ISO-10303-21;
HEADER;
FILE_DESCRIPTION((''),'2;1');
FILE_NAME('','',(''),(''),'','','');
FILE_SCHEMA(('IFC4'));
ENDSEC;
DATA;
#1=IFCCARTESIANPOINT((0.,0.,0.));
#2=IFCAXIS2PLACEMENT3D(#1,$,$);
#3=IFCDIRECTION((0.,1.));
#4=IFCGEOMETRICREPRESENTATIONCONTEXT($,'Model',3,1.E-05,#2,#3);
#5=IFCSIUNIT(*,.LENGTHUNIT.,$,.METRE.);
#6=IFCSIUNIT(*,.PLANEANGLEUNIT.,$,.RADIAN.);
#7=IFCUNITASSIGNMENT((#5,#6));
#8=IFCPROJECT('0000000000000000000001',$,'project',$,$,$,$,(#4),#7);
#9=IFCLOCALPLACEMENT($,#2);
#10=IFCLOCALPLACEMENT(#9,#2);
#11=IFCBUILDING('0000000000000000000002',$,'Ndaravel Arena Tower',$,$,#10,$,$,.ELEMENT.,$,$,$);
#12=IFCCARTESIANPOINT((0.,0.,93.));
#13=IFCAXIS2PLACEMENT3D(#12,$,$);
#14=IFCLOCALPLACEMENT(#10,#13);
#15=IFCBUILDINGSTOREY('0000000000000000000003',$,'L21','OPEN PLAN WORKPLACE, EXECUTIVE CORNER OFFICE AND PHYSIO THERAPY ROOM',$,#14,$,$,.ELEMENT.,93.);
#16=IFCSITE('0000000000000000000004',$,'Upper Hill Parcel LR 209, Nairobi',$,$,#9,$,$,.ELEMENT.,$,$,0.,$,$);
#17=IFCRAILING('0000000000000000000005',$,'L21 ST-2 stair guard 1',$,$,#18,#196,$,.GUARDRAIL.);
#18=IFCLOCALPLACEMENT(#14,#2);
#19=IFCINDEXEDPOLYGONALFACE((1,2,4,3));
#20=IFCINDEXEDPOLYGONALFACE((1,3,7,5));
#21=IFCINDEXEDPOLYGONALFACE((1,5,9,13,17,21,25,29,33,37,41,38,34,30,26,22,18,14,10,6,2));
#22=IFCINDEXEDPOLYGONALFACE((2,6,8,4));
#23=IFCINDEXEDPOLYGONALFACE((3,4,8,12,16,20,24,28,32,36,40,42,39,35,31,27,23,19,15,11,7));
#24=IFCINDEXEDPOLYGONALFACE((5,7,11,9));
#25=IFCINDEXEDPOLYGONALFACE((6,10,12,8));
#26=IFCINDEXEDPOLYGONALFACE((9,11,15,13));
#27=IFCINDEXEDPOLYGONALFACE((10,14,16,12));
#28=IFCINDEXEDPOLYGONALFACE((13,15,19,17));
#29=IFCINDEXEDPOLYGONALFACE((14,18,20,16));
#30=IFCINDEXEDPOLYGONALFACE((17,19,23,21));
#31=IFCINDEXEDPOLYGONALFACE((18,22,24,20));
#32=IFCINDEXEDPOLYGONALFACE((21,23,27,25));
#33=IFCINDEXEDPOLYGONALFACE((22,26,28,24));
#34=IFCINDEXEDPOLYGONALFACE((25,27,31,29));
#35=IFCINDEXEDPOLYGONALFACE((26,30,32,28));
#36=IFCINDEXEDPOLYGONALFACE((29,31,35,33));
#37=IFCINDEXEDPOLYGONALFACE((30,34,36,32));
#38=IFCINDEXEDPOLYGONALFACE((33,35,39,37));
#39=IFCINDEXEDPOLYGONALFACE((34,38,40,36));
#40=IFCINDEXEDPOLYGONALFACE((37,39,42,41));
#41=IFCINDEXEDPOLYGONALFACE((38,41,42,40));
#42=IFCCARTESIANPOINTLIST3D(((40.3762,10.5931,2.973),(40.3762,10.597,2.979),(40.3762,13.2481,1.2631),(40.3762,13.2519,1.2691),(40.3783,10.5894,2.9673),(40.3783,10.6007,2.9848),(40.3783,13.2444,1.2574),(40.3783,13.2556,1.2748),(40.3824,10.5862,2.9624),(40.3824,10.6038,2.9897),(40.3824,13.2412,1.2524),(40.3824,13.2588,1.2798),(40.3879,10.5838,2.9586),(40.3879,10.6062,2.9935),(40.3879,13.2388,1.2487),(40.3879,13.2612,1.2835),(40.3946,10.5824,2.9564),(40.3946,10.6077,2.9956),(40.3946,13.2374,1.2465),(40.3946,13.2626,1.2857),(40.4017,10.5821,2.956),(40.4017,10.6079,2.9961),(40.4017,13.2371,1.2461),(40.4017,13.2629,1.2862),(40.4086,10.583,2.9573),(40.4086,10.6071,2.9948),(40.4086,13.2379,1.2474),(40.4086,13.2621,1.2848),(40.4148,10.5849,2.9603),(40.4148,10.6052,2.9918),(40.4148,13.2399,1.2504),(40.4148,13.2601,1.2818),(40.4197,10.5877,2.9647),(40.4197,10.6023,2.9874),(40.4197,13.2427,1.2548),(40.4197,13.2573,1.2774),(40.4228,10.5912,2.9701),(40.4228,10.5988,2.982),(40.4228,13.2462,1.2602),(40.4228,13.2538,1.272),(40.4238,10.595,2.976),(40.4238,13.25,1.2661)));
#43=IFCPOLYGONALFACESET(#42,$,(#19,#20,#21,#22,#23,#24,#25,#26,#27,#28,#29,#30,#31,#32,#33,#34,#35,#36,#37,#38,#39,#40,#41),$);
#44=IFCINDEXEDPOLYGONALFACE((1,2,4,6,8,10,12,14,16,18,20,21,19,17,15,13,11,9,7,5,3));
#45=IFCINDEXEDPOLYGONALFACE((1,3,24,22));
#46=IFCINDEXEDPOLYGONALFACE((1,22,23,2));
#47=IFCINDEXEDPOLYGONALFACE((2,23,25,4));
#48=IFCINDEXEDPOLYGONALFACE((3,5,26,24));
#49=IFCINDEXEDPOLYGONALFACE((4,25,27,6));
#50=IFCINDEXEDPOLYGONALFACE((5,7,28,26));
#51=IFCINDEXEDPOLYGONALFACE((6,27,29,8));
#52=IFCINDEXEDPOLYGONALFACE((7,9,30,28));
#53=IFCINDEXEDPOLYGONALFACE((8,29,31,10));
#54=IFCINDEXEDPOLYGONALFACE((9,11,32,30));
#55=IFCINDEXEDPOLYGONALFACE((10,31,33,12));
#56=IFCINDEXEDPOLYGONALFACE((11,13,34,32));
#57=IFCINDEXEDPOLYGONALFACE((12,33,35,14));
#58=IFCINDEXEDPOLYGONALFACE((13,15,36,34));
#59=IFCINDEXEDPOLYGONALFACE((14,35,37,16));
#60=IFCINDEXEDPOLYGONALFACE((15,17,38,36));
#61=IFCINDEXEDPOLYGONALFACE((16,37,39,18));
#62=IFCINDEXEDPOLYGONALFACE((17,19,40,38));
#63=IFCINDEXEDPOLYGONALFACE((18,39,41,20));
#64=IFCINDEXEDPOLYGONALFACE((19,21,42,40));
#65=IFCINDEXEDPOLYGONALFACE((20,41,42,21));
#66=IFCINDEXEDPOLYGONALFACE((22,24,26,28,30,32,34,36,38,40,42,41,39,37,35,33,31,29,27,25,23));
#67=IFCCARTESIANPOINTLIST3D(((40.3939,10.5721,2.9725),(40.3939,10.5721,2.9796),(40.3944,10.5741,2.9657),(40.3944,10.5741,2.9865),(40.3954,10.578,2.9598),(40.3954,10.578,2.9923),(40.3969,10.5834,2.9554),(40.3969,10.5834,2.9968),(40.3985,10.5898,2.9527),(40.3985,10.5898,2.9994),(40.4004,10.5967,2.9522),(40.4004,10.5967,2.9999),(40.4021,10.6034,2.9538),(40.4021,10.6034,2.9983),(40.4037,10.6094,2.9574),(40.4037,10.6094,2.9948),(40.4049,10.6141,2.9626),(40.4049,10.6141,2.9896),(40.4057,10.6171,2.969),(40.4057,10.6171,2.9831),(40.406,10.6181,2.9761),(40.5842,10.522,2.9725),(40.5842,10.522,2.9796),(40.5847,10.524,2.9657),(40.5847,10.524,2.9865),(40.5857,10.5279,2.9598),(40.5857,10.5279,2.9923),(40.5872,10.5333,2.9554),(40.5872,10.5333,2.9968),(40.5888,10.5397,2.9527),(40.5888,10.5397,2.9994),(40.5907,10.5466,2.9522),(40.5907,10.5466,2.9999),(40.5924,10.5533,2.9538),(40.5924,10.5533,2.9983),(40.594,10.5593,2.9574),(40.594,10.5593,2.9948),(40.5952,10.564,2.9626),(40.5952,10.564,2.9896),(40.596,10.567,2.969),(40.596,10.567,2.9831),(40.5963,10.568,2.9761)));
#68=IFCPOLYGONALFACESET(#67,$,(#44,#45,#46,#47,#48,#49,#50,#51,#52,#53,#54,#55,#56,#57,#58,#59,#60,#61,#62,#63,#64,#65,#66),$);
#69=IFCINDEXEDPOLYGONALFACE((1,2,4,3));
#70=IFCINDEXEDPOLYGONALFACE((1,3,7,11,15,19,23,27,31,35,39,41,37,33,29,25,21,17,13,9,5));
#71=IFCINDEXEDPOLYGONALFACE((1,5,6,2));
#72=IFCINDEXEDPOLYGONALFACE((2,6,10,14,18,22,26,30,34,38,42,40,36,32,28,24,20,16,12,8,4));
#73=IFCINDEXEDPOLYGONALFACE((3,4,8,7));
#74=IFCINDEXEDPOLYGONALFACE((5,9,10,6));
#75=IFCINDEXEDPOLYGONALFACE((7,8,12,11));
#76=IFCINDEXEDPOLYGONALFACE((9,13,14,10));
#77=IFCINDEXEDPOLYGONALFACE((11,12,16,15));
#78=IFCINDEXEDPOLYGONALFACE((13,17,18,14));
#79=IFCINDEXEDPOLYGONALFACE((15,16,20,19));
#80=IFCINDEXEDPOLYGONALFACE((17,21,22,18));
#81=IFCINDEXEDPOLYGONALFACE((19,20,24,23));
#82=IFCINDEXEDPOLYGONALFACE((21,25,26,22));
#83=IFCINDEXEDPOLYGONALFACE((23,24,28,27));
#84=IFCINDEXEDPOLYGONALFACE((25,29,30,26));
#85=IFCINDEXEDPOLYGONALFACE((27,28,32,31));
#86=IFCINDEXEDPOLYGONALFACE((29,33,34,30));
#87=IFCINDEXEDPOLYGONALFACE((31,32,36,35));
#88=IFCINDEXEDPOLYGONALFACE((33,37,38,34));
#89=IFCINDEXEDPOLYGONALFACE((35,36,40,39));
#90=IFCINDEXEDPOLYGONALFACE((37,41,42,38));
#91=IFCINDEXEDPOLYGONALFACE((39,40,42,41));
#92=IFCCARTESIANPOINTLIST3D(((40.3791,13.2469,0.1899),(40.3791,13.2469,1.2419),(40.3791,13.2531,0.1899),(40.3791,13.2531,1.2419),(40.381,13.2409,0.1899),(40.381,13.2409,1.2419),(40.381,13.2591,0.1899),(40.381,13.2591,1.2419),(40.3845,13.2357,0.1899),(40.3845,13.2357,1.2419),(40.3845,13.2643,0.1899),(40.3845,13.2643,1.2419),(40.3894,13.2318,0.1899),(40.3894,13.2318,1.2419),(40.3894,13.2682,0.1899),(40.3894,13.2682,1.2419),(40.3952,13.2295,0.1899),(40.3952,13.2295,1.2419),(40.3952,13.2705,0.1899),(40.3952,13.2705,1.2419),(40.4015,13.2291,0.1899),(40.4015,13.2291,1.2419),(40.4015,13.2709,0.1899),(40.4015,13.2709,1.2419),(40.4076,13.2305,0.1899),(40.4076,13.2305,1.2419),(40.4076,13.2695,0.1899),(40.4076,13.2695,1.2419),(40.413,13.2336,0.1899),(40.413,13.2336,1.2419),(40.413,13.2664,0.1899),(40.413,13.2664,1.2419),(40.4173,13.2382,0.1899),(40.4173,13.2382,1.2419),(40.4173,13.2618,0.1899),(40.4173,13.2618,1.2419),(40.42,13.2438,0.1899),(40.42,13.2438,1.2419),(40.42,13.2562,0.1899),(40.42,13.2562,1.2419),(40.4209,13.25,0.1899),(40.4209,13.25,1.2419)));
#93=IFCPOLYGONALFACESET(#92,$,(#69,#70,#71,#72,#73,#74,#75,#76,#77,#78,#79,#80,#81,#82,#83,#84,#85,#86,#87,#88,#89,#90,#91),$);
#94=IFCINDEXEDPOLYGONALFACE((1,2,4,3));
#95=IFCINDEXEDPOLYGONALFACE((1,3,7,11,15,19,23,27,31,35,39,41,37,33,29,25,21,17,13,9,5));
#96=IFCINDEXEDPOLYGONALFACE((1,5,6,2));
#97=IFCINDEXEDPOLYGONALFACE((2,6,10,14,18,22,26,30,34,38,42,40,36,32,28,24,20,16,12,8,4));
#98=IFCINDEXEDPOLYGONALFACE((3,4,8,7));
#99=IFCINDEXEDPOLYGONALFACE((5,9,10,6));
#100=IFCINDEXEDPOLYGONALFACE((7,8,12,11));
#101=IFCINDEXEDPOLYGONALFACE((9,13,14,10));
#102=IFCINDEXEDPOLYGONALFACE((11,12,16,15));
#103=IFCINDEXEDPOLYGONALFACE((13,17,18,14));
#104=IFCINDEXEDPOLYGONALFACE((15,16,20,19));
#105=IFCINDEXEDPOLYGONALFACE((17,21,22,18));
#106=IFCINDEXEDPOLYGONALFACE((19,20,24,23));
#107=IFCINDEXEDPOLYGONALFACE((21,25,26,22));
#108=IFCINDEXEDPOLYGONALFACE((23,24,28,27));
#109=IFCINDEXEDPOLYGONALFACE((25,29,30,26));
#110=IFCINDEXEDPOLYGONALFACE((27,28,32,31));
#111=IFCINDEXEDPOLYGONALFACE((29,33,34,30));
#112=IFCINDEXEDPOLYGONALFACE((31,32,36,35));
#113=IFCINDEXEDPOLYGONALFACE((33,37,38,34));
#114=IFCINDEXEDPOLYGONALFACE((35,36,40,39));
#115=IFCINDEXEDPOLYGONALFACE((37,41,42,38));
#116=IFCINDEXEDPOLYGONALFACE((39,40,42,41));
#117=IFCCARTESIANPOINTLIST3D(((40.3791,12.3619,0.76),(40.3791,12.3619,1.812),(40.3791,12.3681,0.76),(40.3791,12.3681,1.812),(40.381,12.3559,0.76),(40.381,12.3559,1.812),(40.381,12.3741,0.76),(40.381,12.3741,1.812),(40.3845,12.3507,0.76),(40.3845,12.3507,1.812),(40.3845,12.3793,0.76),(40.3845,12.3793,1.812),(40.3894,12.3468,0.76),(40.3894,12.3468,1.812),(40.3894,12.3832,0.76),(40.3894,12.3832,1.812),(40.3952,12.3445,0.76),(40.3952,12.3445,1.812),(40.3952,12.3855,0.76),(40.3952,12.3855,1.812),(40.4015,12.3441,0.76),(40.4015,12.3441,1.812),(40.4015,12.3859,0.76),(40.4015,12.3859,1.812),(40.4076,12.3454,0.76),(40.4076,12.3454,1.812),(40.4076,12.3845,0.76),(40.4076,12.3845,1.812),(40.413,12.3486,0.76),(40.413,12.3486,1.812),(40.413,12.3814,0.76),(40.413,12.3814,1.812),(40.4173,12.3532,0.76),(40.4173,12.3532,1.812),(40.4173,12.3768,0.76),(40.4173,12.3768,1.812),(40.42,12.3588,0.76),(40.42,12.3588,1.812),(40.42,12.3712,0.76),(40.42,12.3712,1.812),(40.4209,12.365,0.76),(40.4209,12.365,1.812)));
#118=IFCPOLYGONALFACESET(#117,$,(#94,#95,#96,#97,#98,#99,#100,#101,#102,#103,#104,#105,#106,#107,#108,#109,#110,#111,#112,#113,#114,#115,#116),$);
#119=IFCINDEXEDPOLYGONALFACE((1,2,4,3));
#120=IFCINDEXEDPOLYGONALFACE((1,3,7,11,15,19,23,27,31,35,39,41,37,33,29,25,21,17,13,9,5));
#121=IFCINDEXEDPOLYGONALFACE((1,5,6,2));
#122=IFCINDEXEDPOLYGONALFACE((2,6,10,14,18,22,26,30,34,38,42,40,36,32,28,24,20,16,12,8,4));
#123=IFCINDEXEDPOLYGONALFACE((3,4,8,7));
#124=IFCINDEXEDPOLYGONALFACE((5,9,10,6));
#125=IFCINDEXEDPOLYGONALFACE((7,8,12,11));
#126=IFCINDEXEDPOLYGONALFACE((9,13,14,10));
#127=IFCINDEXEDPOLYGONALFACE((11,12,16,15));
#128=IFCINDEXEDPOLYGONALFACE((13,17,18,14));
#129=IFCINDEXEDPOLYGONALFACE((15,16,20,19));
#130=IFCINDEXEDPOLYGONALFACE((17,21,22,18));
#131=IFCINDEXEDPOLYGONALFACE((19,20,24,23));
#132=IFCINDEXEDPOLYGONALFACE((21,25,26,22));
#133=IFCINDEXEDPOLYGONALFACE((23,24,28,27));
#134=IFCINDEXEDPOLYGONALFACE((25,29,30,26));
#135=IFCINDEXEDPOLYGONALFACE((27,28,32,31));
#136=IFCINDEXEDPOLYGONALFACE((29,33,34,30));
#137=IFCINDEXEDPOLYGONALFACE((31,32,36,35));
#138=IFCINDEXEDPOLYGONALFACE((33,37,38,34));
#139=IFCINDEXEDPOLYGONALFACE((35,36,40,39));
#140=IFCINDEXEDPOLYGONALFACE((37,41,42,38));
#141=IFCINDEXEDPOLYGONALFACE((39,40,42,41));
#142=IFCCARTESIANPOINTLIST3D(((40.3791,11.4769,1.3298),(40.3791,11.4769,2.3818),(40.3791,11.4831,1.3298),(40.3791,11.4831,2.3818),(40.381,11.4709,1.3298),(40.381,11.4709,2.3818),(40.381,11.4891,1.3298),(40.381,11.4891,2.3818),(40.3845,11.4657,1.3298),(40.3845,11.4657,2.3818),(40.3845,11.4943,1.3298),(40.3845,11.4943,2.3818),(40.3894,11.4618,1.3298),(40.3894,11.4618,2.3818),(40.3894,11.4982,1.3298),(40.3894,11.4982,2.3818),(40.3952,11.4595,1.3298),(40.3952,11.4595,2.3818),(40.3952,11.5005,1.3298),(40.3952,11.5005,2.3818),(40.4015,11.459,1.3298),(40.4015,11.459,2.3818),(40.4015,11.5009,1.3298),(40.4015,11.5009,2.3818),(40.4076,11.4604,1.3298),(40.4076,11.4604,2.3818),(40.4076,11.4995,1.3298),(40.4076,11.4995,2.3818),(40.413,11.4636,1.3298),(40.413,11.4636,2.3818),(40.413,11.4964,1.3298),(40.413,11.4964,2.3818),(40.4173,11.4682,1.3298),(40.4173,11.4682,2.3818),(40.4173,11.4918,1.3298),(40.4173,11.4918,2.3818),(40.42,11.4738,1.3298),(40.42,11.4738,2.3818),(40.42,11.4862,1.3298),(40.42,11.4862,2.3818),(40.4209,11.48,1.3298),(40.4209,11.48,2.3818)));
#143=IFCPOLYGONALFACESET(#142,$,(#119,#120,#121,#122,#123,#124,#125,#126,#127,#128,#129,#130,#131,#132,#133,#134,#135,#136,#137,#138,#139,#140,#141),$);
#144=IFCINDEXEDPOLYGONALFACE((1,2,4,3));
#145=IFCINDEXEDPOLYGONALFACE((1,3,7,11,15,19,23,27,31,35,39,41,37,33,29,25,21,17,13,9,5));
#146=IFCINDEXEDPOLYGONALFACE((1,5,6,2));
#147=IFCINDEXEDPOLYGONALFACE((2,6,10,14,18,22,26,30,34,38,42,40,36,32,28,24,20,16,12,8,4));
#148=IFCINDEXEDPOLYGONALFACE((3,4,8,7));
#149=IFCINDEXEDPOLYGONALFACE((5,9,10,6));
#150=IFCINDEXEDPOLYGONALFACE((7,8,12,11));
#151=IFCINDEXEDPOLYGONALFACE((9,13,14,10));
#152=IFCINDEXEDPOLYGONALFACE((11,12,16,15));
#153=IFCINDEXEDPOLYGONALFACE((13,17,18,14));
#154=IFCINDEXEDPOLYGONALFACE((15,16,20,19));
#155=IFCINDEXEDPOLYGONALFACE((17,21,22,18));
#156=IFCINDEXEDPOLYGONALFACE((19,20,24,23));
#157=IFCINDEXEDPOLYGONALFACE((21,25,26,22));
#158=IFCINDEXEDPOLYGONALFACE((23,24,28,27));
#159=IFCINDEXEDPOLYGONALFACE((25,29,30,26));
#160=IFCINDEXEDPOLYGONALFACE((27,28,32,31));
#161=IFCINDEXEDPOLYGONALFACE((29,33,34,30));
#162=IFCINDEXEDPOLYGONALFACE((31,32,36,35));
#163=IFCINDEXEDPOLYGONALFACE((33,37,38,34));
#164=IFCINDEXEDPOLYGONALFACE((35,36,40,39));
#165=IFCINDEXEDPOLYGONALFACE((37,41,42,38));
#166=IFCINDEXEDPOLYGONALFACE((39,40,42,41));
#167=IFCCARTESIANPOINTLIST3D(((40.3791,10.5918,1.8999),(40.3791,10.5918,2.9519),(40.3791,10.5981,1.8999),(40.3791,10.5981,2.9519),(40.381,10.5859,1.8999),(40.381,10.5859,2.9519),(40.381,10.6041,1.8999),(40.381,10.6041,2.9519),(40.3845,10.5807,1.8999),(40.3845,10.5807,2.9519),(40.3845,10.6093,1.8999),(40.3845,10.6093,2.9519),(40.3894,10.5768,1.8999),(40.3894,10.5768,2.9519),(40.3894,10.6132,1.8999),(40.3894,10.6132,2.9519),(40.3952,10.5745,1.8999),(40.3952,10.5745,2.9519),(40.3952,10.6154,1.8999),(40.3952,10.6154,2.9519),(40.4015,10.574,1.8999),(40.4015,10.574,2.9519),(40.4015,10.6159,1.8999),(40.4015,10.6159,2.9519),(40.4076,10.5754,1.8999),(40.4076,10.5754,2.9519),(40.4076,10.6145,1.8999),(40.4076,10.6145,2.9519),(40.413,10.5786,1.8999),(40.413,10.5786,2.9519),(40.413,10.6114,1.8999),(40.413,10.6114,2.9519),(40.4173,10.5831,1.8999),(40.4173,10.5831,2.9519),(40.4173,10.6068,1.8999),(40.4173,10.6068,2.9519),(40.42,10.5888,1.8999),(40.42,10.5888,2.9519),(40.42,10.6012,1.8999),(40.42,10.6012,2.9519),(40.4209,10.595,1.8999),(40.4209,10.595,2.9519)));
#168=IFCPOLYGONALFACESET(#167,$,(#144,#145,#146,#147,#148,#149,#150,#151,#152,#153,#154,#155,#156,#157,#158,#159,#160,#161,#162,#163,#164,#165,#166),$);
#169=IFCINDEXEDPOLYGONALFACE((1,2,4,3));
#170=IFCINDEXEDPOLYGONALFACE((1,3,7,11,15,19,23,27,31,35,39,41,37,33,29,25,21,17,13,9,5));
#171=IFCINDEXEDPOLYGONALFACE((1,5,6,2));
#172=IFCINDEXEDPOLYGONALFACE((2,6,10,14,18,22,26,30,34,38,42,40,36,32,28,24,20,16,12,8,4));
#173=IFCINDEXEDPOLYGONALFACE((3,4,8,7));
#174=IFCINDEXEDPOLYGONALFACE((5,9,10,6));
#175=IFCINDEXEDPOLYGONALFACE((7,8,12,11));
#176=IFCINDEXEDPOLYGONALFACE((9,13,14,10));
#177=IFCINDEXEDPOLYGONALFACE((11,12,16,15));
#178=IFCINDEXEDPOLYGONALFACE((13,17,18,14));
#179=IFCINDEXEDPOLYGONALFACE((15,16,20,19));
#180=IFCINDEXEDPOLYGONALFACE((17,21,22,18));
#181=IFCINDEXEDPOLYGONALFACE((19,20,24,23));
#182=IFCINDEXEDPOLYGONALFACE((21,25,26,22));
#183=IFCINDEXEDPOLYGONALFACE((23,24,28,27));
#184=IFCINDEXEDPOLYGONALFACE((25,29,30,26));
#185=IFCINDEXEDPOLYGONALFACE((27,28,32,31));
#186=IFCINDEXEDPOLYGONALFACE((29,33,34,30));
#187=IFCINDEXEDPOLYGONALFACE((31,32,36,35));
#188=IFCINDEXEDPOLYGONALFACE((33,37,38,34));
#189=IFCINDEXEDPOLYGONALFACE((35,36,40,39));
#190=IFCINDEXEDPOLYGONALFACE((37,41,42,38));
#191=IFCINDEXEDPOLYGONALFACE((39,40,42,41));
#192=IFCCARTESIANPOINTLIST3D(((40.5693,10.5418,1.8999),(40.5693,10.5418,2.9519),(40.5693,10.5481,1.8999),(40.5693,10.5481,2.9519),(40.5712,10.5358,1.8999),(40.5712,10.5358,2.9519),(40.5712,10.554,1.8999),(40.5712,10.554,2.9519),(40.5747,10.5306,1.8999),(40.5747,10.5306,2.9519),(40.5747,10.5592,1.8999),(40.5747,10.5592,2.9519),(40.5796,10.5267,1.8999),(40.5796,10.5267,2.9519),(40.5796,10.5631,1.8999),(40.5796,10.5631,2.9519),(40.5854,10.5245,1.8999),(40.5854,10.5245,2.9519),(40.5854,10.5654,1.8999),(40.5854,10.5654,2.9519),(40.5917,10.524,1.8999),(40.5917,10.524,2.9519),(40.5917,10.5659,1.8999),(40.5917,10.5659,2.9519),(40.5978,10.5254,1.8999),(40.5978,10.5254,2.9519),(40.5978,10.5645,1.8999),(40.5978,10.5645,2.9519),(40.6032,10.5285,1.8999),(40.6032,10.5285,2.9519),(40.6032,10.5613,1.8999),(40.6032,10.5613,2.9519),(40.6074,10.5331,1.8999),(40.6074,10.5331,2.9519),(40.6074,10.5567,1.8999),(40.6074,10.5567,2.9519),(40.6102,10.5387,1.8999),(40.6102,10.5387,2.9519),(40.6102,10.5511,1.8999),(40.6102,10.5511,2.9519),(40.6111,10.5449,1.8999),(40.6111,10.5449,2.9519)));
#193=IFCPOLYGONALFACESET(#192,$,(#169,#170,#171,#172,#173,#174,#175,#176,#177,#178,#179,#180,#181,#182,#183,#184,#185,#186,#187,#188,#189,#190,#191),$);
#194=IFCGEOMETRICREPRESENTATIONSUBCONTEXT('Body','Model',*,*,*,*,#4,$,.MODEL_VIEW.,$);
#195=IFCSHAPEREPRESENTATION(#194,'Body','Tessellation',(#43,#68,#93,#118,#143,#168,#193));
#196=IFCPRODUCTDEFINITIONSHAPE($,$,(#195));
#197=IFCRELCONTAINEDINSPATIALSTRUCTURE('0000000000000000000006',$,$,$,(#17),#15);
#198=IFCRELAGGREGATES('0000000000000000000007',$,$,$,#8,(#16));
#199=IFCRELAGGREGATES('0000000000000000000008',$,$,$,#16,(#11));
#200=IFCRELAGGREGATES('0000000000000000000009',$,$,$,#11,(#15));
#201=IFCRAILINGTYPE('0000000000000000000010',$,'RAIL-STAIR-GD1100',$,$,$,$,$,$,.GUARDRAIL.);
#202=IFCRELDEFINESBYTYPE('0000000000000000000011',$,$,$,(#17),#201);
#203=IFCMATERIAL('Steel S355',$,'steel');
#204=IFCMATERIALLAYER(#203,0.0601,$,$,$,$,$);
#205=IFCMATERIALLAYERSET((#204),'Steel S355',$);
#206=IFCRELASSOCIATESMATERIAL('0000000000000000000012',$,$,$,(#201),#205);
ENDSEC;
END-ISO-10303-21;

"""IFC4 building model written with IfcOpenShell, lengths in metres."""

from ifc_helpers import new_model, si_unit, direction, frame, origin, origin_2d, place, context, subcontext, project, spatial, circle, extrude, material, layer, layer_set, type_object, element, save


model = new_model("IFC4")

# Units and contexts
model_context = context("Model", 3, precision=1e-05, world=origin(), true_north=direction((0.0, 1.0)))
body_context = subcontext(model_context, "Body", "Model", "MODEL_VIEW")
ifc_project = project(units=[si_unit("LENGTHUNIT", "METRE"), si_unit("PLANEANGLEUNIT", "RADIAN")], contexts=[model_context])

# Site, building, storey
site_placement = place(None, origin())
site = spatial("IfcSite", under=ifc_project, at=site_placement, Name="Upper Hill Parcel LR 209, Nairobi", CompositionType="ELEMENT", RefElevation=0.0)
building_placement = place(site_placement, origin())
building = spatial("IfcBuilding", under=site, at=building_placement, Name="Ndaravel Arena Tower", CompositionType="ELEMENT")
storey_placement = place(building_placement, frame((0.0, 0.0, 93.0)))
storey = spatial("IfcBuildingStorey", under=building, at=storey_placement, Name="L21", Description="OPEN PLAN WORKPLACE, EXECUTIVE CORNER OFFICE AND PHYSIO THERAPY ROOM", CompositionType="ELEMENT", Elevation=93.0)

# Railing
ifc_material_1 = material(Name="Steel S355", Category="steel")
ifc_layer_1 = layer(ifc_material_1, 0.0601)
ifc_layer_set_1 = layer_set([ifc_layer_1], Name="Steel S355")
railing_type_1 = type_object("IfcRailingType", Name="RAIL-STAIR-GD1100", PredefinedType="GUARDRAIL", material=ifc_layer_set_1)
railing_1_placement = place(storey_placement, frame((40.3999, 13.25, 0.1899)))
element("IfcRailing", 1, at=railing_1_placement, inside=storey, type_object=railing_type_1, Name="L21 ST-2 stair guard 1", PredefinedType="GUARDRAIL", context=body_context, shape_type="SweptSolid", body=[
    extrude(circle(Radius=0.0239, at=origin_2d()), frame((0.0, 0.0, 1.0762), z_axis=(0.0, -0.840724, 0.541465), x_axis=(1.0, 0.0, 0.0)), (0.0, 0.0, 1.0), 3.158),
    extrude(circle(Radius=0.0239, at=origin_2d()), frame((0.0, -2.655, 2.7861), z_axis=(0.967075, -0.254493, 0.0), x_axis=(0.254493, 0.967075, 0.0)), (0.0, 0.0, 1.0), 0.1968),
    extrude(circle(Radius=0.021, at=origin_2d()), origin(), (0.0, 0.0, 1.0), 1.052),
    extrude(circle(Radius=0.021, at=origin_2d()), frame((0.0, -0.885, 0.5701)), (0.0, 0.0, 1.0), 1.052),
    extrude(circle(Radius=0.021, at=origin_2d()), frame((0.0, -1.77, 1.1399)), (0.0, 0.0, 1.0), 1.052),
    extrude(circle(Radius=0.021, at=origin_2d()), frame((0.0, -2.655, 1.71)), (0.0, 0.0, 1.0), 1.052),
    extrude(circle(Radius=0.021, at=origin_2d()), frame((0.1902, -2.7051, 1.71)), (0.0, 0.0, 1.0), 1.052),
])

save(model, "model.ifc")
